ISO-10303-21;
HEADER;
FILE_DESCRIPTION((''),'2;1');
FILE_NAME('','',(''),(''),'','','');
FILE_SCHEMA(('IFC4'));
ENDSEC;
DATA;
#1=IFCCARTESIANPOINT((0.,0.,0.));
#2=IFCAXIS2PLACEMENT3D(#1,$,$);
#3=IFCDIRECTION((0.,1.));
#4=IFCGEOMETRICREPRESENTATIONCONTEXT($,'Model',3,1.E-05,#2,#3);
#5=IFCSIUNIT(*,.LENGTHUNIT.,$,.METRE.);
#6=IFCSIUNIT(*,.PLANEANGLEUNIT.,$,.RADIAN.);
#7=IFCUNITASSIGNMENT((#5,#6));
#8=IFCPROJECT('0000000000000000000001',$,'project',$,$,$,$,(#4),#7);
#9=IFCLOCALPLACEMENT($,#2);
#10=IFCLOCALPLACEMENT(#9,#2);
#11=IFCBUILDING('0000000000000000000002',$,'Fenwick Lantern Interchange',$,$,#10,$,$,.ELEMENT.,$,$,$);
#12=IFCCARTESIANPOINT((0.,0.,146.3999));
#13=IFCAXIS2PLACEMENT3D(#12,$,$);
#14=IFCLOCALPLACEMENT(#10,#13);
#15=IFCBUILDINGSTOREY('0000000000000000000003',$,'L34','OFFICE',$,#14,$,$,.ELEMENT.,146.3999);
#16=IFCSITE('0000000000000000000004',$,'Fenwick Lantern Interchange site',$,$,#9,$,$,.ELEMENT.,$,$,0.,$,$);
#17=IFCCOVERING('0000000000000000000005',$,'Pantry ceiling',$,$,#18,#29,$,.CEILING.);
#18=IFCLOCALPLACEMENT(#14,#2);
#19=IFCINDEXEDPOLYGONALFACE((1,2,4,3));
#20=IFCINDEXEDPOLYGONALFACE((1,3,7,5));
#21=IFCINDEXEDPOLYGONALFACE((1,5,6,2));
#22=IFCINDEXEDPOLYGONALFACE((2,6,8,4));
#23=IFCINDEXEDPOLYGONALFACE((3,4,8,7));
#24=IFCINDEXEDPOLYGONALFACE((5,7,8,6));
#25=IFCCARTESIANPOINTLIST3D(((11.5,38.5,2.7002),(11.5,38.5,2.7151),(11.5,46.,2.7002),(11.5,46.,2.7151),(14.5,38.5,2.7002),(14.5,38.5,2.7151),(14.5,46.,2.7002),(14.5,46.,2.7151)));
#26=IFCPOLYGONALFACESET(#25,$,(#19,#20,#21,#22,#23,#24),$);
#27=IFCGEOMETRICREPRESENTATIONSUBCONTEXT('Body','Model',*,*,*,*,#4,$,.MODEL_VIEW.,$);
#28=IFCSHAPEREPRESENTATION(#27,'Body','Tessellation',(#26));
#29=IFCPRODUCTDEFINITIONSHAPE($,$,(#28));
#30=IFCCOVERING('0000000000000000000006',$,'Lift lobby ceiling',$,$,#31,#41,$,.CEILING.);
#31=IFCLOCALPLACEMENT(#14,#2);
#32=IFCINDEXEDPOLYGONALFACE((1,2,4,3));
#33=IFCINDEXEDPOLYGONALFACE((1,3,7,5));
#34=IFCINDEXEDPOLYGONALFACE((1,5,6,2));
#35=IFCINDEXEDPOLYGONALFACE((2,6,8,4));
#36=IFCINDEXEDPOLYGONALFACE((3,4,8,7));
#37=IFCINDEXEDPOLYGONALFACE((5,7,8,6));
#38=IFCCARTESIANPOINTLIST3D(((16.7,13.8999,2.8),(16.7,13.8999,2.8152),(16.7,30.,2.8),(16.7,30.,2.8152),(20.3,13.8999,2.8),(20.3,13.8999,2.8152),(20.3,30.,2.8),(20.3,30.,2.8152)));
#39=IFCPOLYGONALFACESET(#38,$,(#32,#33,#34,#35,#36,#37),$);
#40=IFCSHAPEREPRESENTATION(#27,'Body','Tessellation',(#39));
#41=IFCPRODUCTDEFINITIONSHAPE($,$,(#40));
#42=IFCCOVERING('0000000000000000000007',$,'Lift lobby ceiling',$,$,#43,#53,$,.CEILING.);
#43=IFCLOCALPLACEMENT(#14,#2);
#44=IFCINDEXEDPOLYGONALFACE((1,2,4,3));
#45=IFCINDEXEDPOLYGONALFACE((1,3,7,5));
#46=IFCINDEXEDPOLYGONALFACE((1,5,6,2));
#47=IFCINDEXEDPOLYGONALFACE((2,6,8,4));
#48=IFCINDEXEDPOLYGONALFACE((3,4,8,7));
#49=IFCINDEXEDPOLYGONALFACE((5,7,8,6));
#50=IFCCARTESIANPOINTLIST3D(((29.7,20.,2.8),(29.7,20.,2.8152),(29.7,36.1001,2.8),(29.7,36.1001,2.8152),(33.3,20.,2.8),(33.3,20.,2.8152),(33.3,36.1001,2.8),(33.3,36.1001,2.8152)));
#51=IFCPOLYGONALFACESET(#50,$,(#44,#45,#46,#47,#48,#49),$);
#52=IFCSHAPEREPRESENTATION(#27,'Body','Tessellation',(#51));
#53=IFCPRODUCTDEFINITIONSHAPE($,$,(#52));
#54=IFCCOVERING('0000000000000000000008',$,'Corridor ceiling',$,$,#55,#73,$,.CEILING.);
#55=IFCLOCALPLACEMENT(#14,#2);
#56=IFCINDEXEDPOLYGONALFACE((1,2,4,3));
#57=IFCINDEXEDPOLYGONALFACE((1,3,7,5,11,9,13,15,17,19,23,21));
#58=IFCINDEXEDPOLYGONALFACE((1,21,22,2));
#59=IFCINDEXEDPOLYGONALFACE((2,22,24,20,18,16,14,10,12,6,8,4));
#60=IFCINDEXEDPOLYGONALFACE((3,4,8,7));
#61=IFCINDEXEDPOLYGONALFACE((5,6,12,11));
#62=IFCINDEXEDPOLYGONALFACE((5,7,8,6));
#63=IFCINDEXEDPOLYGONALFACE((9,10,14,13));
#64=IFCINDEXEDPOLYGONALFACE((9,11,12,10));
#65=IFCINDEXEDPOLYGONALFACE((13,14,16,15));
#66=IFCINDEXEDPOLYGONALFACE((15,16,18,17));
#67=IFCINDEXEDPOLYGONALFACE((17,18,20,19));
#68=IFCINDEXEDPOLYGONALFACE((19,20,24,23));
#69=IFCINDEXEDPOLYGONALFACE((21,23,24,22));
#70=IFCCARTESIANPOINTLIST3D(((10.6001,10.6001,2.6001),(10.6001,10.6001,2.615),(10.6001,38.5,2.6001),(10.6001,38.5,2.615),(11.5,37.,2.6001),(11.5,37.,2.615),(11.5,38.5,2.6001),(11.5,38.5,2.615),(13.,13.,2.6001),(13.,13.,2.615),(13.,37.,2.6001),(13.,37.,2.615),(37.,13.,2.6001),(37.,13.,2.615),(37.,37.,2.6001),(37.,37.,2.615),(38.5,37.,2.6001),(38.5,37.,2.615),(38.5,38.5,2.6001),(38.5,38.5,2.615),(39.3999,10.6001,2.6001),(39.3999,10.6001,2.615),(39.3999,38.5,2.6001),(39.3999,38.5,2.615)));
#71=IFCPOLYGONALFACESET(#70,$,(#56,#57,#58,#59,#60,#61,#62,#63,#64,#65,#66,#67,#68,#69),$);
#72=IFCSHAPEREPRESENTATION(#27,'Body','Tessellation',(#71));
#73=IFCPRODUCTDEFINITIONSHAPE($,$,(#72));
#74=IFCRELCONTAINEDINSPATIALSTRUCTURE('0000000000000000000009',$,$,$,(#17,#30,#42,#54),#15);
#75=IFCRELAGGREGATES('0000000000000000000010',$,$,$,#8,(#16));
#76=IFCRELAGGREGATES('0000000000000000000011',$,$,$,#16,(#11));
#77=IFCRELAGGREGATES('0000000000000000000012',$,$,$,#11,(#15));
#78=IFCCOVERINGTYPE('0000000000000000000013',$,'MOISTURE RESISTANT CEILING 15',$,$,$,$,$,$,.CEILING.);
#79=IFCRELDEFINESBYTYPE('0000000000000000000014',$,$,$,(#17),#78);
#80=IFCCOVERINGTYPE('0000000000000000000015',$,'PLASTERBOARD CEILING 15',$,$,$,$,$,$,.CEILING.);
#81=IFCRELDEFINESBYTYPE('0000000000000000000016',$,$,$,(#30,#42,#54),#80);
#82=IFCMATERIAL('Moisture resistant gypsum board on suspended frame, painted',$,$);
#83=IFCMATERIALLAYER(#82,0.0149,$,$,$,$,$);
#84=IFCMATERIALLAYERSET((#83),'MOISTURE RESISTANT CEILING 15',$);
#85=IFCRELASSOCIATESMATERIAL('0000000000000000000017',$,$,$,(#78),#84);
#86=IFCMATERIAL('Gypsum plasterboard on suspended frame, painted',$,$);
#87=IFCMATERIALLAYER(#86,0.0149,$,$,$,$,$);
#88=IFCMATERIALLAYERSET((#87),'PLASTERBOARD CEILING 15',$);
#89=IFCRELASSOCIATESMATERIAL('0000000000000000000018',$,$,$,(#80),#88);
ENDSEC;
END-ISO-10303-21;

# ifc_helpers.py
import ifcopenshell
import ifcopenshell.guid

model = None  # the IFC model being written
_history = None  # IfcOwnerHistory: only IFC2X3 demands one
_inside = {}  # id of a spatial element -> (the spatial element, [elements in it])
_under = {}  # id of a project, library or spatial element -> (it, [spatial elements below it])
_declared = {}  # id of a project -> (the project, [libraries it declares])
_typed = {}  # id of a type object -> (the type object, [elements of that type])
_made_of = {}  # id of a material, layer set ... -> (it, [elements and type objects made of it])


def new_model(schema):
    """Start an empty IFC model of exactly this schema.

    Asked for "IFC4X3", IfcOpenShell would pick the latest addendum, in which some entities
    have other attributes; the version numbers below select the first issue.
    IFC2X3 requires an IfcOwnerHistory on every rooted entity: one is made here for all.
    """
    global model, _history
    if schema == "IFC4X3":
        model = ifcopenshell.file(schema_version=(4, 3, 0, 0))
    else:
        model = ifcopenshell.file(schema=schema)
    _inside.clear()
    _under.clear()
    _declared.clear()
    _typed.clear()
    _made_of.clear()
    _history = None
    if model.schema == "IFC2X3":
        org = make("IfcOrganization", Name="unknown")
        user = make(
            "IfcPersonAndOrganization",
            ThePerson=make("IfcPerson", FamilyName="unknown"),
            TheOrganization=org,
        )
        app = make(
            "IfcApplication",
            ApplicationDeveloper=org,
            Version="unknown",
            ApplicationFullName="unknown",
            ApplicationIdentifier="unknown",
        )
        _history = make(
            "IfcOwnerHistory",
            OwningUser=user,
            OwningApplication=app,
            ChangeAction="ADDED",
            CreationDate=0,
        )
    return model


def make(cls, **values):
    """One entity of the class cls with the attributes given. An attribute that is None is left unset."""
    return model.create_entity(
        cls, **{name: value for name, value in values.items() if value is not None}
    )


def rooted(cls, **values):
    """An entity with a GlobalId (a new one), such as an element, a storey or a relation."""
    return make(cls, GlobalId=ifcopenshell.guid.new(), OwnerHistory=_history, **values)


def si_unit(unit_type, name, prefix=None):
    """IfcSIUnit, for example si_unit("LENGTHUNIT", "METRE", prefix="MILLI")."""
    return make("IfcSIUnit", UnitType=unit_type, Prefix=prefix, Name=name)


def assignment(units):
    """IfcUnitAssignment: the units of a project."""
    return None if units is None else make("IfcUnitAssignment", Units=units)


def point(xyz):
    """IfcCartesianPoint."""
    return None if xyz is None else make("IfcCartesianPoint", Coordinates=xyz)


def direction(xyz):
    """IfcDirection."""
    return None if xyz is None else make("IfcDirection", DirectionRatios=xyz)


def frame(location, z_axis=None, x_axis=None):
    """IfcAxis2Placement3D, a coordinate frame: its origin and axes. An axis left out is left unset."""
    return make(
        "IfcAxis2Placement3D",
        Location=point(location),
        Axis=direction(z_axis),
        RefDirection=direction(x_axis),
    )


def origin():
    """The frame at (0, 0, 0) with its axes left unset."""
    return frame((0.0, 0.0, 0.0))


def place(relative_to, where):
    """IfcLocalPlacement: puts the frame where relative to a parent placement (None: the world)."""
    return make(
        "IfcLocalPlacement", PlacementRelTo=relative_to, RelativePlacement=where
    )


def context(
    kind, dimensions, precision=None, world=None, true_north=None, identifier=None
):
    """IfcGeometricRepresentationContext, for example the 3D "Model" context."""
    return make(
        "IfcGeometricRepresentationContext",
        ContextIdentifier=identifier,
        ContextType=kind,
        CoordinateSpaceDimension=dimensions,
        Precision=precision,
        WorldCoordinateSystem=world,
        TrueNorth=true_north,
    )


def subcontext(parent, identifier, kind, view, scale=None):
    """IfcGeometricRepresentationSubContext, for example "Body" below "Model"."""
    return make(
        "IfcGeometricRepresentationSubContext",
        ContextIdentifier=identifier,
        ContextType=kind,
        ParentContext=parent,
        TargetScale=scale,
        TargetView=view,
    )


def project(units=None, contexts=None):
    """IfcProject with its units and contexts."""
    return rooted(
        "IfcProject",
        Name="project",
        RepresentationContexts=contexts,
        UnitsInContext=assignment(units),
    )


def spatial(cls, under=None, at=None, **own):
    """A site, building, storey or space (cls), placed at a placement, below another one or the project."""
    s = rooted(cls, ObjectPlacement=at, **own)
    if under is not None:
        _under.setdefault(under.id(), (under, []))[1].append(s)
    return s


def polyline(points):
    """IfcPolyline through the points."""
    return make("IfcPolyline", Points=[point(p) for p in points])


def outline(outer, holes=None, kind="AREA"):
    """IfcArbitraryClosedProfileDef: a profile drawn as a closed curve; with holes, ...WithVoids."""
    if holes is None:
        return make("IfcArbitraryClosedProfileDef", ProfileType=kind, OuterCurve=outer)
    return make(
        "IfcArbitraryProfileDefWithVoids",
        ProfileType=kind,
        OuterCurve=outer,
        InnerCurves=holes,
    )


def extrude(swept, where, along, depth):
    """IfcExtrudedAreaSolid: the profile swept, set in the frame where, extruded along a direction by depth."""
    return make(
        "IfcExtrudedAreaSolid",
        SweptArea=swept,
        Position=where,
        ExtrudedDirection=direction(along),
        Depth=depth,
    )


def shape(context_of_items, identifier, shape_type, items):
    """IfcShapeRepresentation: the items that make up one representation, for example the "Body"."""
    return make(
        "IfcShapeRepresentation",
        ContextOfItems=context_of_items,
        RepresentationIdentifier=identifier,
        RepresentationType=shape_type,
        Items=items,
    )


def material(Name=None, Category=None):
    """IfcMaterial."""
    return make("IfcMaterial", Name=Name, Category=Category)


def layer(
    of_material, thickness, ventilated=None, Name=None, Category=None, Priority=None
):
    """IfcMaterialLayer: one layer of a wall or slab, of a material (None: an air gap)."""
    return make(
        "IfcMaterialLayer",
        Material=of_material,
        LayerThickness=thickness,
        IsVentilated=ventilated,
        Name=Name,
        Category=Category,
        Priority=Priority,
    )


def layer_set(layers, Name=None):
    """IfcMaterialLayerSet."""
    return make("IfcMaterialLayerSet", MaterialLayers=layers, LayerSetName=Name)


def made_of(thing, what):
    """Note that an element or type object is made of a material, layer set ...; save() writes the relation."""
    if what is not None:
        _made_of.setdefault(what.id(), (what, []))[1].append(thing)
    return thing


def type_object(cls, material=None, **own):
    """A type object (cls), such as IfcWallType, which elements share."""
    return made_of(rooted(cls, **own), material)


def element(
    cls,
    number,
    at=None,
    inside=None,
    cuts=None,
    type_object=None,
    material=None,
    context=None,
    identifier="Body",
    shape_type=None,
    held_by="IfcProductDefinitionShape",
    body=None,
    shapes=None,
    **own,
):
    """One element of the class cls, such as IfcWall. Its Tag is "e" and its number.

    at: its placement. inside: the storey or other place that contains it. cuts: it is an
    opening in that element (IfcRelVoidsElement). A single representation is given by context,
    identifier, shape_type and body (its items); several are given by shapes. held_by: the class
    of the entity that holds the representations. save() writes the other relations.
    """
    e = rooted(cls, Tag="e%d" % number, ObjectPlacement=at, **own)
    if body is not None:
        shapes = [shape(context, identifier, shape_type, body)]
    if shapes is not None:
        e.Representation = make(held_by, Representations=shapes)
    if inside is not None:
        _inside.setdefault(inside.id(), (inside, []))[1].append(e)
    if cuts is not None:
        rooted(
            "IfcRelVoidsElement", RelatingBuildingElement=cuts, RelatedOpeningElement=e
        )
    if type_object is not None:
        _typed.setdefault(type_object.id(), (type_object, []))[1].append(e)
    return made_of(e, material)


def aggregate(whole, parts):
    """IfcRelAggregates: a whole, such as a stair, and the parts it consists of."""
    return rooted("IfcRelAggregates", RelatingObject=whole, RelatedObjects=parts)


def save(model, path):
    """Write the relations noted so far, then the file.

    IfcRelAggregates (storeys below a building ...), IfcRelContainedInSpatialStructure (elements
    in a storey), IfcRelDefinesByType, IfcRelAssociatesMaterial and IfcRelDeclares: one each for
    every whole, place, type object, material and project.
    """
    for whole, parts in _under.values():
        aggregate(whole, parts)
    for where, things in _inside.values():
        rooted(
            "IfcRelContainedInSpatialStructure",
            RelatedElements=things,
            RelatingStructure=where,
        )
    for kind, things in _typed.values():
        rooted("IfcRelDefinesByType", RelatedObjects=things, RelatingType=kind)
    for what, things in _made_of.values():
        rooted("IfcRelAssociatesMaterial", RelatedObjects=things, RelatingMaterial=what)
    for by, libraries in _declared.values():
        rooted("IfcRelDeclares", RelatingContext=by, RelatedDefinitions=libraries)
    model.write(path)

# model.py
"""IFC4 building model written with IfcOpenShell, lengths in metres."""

from ifc_helpers import new_model, si_unit, direction, frame, origin, place, context, subcontext, project, spatial, polyline, outline, extrude, material, layer, layer_set, type_object, element, save


model = new_model("IFC4")

# Units and contexts
model_context = context("Model", 3, precision=1e-05, world=origin(), true_north=direction((0.0, 1.0)))
body_context = subcontext(model_context, "Body", "Model", "MODEL_VIEW")
ifc_project = project(units=[si_unit("LENGTHUNIT", "METRE"), si_unit("PLANEANGLEUNIT", "RADIAN")], contexts=[model_context])

# Site, building, storey
site_placement = place(None, origin())
site = spatial("IfcSite", under=ifc_project, at=site_placement, Name="Fenwick Lantern Interchange site", CompositionType="ELEMENT", RefElevation=0.0)
building_placement = place(site_placement, origin())
building = spatial("IfcBuilding", under=site, at=building_placement, Name="Fenwick Lantern Interchange", CompositionType="ELEMENT")
storey_placement = place(building_placement, frame((0.0, 0.0, 146.3999)))
storey = spatial("IfcBuildingStorey", under=building, at=storey_placement, Name="L34", Description="OFFICE", CompositionType="ELEMENT", Elevation=146.3999)

# Coverings
ifc_material_1 = material(Name="Moisture resistant gypsum board on suspended frame, painted")
ifc_layer_1 = layer(ifc_material_1, 0.0149)
ifc_layer_set_1 = layer_set([ifc_layer_1], Name="MOISTURE RESISTANT CEILING 15")
covering_type_1 = type_object("IfcCoveringType", Name="MOISTURE RESISTANT CEILING 15", PredefinedType="CEILING", material=ifc_layer_set_1)
covering_1_placement = place(storey_placement, frame((0.0, 0.0, 2.7002)))
element("IfcCovering", 1, at=covering_1_placement, inside=storey, type_object=covering_type_1, Name="Pantry ceiling", PredefinedType="CEILING", context=body_context, shape_type="SweptSolid", body=[
    extrude(outline(polyline([(14.5, 46.0), (11.5, 46.0), (11.5, 38.5), (14.5, 38.5), (14.5, 46.0)])), origin(), (0.0, 0.0, 1.0), 0.0149),
])
ifc_material_2 = material(Name="Gypsum plasterboard on suspended frame, painted")
ifc_layer_2 = layer(ifc_material_2, 0.0149)
ifc_layer_set_2 = layer_set([ifc_layer_2], Name="PLASTERBOARD CEILING 15")
covering_type_2 = type_object("IfcCoveringType", Name="PLASTERBOARD CEILING 15", PredefinedType="CEILING", material=ifc_layer_set_2)
covering_2_placement = place(storey_placement, frame((0.0, 0.0, 2.8)))
element("IfcCovering", 2, at=covering_2_placement, inside=storey, type_object=covering_type_2, Name="Lift lobby ceiling", PredefinedType="CEILING", context=body_context, shape_type="SweptSolid", body=[
    extrude(outline(polyline([(16.7, 13.8999), (20.3, 13.8999), (20.3, 30.0), (16.7, 30.0), (16.7, 13.8999)])), origin(), (0.0, 0.0, 1.0), 0.0151),
])
covering_3_placement = place(storey_placement, frame((0.0, 0.0, 2.8)))
element("IfcCovering", 3, at=covering_3_placement, inside=storey, type_object=covering_type_2, Name="Lift lobby ceiling", PredefinedType="CEILING", context=body_context, shape_type="SweptSolid", body=[
    extrude(outline(polyline([(33.3, 36.1001), (29.7, 36.1001), (29.7, 20.0), (33.3, 20.0), (33.3, 36.1001)])), origin(), (0.0, 0.0, 1.0), 0.0151),
])
covering_4_placement = place(storey_placement, frame((0.0, 0.0, 2.6001)))
element("IfcCovering", 4, at=covering_4_placement, inside=storey, type_object=covering_type_2, Name="Corridor ceiling", PredefinedType="CEILING", context=body_context, shape_type="SweptSolid", body=[
    extrude(outline(polyline([(10.6001, 38.5), (10.6001, 10.6001), (39.3999, 10.6001), (39.3999, 38.5), (38.5, 38.5), (38.5, 37.0), (37.0, 37.0), (37.0, 13.0), (13.0, 13.0), (13.0, 37.0), (11.5, 37.0), (11.5, 38.5), (10.6001, 38.5)])), origin(), (0.0, 0.0, 1.0), 0.0149),
])

save(model, "model.ifc")
